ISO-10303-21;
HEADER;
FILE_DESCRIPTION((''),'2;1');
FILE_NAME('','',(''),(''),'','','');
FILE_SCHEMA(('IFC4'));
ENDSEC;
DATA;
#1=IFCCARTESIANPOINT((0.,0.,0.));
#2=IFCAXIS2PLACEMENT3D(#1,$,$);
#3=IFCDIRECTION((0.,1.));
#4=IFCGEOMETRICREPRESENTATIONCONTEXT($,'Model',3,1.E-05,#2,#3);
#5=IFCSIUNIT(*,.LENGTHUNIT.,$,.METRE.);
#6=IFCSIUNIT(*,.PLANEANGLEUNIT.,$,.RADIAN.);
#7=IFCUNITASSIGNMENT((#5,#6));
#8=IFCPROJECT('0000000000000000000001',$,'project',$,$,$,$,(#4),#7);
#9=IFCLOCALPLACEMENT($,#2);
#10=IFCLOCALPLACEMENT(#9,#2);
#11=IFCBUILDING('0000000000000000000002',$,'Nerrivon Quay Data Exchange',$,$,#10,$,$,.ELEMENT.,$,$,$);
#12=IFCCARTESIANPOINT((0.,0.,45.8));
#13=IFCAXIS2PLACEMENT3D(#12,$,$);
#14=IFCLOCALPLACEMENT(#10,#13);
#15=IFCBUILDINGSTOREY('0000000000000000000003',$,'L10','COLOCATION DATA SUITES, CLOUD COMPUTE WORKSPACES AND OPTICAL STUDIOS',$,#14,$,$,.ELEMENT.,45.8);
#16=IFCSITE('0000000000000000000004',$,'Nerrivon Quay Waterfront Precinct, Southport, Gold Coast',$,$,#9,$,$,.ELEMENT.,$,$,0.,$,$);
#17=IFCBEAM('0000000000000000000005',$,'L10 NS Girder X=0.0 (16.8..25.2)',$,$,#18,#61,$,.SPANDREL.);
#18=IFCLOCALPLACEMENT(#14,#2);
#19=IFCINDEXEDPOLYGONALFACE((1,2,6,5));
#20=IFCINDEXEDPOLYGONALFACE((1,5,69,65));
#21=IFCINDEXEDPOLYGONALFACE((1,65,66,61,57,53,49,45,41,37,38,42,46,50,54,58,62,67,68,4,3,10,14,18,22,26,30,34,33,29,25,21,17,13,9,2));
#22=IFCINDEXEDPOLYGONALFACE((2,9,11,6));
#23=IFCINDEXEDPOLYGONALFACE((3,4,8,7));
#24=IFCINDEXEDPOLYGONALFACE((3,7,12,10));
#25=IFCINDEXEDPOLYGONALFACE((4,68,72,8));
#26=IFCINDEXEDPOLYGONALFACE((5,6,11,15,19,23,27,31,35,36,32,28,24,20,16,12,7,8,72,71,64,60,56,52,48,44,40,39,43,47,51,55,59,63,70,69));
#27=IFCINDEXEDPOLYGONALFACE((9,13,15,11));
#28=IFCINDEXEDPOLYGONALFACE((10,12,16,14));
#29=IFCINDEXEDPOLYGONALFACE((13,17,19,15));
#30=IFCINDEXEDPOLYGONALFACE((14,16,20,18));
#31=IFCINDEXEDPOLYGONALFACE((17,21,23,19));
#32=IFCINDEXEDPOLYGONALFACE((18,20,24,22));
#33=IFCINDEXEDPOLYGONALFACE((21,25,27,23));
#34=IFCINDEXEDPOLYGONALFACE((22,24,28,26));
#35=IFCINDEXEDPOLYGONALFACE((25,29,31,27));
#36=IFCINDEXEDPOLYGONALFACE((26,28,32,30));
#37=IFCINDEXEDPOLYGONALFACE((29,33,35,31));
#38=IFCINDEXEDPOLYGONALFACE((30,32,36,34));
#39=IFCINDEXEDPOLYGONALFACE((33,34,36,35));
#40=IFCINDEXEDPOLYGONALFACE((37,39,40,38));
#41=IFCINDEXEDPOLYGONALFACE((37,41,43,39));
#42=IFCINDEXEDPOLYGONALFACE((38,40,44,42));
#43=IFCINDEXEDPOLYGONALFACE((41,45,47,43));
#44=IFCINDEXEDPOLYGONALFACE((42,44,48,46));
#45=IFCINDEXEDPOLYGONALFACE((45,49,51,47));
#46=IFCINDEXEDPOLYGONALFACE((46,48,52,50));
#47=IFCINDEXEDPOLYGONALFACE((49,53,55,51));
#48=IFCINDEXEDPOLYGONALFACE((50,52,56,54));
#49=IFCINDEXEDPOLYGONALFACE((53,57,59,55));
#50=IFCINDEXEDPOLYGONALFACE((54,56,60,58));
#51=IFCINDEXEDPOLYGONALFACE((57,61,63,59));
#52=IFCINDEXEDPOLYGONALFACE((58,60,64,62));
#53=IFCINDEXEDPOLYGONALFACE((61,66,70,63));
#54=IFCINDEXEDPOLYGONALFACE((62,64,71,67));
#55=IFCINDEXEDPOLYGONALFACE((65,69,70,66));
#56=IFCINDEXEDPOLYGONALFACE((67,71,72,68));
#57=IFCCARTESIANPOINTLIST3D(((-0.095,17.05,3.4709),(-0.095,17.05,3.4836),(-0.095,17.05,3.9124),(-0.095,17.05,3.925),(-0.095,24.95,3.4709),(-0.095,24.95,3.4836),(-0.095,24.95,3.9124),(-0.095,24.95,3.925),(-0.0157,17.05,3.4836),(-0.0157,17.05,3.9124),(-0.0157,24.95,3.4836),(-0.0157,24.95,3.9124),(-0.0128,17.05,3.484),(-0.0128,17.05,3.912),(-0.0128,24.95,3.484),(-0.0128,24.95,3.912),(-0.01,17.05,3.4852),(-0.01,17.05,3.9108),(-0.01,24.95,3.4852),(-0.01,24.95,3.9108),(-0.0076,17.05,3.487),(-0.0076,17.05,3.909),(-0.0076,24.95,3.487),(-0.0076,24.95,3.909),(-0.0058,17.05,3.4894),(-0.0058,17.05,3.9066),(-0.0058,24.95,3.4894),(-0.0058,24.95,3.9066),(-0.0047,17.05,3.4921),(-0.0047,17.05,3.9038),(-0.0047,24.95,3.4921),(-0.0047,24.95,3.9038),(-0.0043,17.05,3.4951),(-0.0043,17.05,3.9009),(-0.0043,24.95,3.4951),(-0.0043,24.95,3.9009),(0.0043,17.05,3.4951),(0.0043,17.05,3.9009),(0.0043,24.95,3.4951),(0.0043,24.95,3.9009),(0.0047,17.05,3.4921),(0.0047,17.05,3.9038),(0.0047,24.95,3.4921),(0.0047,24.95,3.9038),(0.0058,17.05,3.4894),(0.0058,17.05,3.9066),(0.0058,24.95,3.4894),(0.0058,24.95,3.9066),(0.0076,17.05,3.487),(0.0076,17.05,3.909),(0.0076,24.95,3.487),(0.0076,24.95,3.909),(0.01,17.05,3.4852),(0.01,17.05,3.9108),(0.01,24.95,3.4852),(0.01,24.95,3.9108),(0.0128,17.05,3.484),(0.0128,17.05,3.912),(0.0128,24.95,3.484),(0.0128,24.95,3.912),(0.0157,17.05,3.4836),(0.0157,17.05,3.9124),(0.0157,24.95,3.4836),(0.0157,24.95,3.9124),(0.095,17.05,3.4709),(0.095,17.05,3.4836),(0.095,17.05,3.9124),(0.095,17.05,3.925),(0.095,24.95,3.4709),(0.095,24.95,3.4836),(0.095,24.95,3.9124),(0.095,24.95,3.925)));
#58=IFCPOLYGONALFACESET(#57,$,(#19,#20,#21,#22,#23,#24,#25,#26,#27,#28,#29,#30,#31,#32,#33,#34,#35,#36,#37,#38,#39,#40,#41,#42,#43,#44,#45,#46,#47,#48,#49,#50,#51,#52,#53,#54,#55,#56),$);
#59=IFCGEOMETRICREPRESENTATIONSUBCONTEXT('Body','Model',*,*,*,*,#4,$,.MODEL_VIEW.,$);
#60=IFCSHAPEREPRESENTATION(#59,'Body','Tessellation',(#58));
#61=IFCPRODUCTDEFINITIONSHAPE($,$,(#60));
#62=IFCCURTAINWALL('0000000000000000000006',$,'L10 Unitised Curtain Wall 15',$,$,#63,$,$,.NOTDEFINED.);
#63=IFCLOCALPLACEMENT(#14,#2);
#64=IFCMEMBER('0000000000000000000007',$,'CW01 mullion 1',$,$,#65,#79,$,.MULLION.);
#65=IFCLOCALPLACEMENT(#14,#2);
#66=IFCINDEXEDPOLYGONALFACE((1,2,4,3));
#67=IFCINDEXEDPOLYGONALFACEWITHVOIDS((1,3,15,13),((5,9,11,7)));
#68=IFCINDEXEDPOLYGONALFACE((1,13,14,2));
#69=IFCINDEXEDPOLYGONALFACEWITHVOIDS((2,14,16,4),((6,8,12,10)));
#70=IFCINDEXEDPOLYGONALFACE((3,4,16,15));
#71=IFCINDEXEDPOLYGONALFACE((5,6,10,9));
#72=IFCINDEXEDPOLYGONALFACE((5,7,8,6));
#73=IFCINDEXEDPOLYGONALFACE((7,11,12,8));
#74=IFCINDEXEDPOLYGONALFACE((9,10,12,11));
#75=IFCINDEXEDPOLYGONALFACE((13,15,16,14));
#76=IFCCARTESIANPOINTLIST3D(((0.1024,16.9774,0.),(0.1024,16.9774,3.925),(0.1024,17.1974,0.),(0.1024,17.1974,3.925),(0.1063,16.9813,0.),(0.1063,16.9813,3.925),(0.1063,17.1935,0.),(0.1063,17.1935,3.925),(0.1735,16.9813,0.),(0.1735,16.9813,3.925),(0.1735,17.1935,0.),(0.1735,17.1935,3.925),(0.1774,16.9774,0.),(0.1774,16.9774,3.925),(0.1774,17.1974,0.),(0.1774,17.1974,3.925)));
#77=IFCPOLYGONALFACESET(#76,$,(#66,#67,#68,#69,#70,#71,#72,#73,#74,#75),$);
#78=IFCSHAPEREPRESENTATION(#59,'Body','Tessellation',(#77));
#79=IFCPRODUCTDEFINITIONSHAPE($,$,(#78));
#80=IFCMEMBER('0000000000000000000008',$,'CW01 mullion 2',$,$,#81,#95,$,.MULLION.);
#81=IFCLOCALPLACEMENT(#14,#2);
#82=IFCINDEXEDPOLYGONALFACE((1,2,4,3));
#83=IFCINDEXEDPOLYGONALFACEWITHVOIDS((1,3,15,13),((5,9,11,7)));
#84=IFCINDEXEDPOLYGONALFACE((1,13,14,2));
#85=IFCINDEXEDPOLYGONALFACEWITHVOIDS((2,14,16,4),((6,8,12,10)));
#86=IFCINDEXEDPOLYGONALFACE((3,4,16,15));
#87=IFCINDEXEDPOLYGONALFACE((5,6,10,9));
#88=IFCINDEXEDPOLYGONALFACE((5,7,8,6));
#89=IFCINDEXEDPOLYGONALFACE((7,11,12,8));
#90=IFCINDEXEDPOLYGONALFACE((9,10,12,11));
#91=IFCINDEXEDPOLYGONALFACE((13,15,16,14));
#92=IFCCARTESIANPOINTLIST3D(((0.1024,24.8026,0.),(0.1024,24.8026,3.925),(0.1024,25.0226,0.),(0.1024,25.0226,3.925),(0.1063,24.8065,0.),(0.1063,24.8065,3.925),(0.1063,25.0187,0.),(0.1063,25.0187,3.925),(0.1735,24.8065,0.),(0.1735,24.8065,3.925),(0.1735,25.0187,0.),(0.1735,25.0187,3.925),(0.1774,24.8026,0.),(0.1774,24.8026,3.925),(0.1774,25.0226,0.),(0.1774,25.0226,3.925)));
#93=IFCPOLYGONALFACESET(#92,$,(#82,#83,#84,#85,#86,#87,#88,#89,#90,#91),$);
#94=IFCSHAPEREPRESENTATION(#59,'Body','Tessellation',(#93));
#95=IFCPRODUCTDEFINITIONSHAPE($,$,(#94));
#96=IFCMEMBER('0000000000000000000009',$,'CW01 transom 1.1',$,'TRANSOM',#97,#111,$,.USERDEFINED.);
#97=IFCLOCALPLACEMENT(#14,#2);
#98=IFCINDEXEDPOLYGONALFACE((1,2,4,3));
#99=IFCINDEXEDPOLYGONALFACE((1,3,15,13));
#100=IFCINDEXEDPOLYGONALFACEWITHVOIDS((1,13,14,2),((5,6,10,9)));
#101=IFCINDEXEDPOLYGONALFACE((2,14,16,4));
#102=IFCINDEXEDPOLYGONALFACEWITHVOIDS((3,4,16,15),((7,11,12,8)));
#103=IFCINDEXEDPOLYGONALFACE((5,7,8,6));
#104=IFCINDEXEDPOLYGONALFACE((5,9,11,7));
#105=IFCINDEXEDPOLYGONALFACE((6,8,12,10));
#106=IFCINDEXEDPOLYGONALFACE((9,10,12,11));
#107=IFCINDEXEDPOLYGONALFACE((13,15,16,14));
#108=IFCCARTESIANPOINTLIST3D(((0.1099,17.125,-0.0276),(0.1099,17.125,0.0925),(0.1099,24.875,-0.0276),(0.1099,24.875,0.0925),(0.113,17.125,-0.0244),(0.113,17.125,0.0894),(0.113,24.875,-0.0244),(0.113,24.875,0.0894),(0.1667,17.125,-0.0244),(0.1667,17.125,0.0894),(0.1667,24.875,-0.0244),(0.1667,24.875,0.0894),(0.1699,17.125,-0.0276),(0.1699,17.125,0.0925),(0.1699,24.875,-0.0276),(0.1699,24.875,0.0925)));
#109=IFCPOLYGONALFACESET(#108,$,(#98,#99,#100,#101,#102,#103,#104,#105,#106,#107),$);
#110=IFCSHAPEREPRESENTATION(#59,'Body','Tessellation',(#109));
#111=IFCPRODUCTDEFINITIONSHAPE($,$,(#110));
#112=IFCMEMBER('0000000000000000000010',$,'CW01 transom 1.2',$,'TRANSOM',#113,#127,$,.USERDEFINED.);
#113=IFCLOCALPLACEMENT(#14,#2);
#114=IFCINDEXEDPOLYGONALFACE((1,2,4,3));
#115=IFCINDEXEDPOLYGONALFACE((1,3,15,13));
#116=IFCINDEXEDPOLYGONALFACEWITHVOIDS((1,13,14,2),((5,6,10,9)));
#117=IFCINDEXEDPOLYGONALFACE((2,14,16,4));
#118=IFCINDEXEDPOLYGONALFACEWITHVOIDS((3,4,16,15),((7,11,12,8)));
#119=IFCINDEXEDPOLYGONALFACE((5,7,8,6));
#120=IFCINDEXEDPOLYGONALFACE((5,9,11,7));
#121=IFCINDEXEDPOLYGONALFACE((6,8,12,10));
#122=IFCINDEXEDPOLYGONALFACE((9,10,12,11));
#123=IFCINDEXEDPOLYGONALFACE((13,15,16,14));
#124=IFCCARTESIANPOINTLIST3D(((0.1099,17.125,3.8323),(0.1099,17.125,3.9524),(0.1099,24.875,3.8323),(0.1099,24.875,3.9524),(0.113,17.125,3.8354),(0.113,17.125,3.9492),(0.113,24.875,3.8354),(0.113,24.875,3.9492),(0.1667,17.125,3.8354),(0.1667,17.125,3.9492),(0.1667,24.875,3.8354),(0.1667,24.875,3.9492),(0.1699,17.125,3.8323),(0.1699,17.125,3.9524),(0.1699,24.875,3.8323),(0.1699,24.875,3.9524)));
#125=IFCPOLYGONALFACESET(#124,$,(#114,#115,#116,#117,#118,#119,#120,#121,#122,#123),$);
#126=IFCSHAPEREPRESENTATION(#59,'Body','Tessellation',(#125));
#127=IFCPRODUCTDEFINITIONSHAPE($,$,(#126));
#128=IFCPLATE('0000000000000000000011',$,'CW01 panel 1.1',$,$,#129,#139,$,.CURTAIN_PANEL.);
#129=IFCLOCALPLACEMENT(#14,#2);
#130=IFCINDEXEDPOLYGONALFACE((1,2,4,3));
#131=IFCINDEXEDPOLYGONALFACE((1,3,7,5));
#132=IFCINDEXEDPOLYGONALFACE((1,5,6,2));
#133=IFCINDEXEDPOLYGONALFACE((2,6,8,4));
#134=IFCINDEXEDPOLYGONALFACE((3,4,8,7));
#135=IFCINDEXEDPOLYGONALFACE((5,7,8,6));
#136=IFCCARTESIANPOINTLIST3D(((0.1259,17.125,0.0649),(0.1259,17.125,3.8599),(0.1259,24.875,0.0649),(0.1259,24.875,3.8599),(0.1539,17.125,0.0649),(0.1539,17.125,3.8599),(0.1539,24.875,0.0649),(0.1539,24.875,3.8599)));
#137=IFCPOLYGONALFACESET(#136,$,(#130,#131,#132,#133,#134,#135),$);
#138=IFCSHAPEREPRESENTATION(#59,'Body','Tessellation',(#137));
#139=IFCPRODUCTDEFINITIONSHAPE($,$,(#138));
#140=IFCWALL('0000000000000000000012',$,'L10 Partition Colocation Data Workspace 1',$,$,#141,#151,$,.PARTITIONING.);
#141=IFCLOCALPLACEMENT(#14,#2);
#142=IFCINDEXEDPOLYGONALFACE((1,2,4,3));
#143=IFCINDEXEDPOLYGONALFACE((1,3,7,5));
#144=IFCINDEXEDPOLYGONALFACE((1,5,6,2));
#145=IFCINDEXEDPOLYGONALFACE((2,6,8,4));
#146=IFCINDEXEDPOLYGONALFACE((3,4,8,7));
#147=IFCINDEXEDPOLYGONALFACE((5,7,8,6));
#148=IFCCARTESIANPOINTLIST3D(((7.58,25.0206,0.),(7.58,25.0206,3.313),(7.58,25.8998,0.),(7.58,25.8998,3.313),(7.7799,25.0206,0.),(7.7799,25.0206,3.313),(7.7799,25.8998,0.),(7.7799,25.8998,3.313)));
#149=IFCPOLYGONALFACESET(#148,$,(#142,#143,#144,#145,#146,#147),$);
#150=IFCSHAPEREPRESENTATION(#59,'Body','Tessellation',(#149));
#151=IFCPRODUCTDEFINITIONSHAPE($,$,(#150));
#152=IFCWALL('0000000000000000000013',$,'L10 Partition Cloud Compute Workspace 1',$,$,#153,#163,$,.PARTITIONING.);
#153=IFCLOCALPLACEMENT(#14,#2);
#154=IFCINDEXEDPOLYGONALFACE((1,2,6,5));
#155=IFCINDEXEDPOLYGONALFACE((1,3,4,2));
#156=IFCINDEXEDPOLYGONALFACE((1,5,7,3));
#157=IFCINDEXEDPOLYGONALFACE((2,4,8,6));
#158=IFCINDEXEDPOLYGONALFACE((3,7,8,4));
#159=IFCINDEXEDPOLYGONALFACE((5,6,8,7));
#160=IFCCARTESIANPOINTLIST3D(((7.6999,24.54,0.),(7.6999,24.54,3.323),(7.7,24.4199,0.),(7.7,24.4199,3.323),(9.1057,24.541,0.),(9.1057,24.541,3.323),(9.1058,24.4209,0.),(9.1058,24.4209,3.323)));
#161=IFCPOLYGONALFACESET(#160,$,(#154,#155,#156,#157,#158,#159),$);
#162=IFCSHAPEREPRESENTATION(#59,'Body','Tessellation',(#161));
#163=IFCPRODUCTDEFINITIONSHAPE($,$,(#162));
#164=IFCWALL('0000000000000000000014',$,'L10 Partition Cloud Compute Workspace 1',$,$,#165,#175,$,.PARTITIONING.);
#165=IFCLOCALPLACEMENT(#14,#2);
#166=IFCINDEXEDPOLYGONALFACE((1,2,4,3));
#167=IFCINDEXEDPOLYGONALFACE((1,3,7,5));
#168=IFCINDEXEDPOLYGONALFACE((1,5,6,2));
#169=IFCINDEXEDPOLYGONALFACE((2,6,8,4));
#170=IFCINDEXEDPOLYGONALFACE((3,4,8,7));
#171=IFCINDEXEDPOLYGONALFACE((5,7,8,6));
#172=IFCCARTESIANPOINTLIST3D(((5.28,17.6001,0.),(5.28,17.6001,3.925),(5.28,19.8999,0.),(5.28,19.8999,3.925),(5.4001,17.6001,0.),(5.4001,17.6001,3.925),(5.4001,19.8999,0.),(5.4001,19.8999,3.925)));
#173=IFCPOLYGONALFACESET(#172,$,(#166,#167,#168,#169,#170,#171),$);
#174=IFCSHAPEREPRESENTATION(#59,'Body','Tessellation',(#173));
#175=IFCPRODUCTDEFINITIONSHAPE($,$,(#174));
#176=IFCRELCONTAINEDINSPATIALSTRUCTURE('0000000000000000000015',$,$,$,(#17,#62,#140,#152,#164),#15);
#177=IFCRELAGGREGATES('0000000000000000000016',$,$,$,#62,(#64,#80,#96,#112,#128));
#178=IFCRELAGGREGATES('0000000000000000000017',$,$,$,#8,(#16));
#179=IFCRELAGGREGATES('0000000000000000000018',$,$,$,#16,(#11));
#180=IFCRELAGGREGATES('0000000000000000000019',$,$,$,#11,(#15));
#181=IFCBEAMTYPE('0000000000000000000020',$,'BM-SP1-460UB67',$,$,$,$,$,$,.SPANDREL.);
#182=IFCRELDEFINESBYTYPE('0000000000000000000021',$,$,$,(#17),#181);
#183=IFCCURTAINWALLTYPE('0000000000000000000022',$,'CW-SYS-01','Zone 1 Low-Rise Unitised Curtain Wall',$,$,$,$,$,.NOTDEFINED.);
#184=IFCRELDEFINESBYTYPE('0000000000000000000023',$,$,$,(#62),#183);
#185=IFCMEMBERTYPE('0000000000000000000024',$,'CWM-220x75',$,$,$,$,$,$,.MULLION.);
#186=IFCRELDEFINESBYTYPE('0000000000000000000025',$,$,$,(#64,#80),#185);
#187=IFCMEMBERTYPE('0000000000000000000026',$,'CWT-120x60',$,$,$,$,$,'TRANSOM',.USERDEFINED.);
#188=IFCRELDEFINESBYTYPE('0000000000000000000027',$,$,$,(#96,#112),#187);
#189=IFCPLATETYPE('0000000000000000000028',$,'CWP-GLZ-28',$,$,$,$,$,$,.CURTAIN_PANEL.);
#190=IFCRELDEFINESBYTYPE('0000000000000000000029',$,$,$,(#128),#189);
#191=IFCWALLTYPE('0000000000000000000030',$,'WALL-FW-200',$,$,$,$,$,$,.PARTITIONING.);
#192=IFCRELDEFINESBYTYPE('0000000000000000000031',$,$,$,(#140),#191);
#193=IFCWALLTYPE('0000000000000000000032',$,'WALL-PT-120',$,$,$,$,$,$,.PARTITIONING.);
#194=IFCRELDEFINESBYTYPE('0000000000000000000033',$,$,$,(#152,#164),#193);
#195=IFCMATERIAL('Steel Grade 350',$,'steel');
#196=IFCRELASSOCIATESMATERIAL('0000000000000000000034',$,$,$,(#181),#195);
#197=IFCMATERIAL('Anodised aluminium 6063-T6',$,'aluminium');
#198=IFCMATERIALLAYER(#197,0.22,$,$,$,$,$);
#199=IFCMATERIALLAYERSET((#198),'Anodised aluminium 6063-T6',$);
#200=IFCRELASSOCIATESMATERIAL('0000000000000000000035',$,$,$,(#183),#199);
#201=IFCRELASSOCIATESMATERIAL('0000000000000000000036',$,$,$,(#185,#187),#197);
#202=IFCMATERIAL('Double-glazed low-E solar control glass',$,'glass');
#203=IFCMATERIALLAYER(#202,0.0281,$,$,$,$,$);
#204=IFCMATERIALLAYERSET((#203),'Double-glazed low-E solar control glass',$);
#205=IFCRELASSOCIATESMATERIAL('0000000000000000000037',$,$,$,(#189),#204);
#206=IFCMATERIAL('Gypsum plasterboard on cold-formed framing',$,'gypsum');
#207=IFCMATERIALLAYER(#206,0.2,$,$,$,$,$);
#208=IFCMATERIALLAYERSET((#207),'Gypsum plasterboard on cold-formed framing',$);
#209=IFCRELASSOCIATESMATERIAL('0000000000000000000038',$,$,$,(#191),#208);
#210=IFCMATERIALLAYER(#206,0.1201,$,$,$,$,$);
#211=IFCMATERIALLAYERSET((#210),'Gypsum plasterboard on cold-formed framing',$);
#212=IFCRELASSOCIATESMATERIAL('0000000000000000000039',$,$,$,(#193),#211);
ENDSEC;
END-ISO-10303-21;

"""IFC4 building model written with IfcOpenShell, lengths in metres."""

from ifc_helpers import new_model, si_unit, direction, frame, frame_2d, origin, origin_2d, place, context, subcontext, project, spatial, rectangle, hollow_rectangle, i_section, extrude, material, layer, layer_set, material_profile, profile_set, type_object, element, aggregate, save


model = new_model("IFC4")

# Units and contexts
model_context = context("Model", 3, precision=1e-05, world=origin(), true_north=direction((0.0, 1.0)))
body_context = subcontext(model_context, "Body", "Model", "MODEL_VIEW")
ifc_project = project(units=[si_unit("LENGTHUNIT", "METRE"), si_unit("PLANEANGLEUNIT", "RADIAN")], contexts=[model_context])

# Site, building, storey
site_placement = place(None, origin())
site = spatial("IfcSite", under=ifc_project, at=site_placement, Name="Nerrivon Quay Waterfront Precinct, Southport, Gold Coast", CompositionType="ELEMENT", RefElevation=0.0)
building_placement = place(site_placement, origin())
building = spatial("IfcBuilding", under=site, at=building_placement, Name="Nerrivon Quay Data Exchange", CompositionType="ELEMENT")
storey_placement = place(building_placement, frame((0.0, 0.0, 45.8)))
storey = spatial("IfcBuildingStorey", under=building, at=storey_placement, Name="L10", Description="COLOCATION DATA SUITES, CLOUD COMPUTE WORKSPACES AND OPTICAL STUDIOS", CompositionType="ELEMENT", Elevation=45.8)

# Shared definitions
ifc_material_1 = material(Name="Steel Grade 350", Category="steel")

# Beam
ifc_material_profile_1 = material_profile(ifc_material_1, i_section(OverallWidth=0.1899, OverallDepth=0.4541, WebThickness=0.0085, FlangeThickness=0.0127, FilletRadius=0.0115, at=origin_2d()), Name="460UB67.1")
ifc_profile_set_1 = profile_set([ifc_material_profile_1], Name="Steel Grade 350")
beam_type_1 = type_object("IfcBeamType", Name="BM-SP1-460UB67", PredefinedType="SPANDREL", material=ifc_profile_set_1)
beam_1_placement = place(storey_placement, frame((0.0, 17.05, 3.698), z_axis=(0.0, 1.0, 0.0), x_axis=(-1.0, 0.0, 0.0)))
element("IfcBeam", 1, at=beam_1_placement, inside=storey, type_object=beam_type_1, Name="L10 NS Girder X=0.0 (16.8..25.2)", PredefinedType="SPANDREL", context=body_context, shape_type="SweptSolid", body=[
    extrude(i_section(OverallWidth=0.1899, OverallDepth=0.4541, WebThickness=0.0085, FlangeThickness=0.0127, FilletRadius=0.0115, at=origin_2d()), origin(), (0.0, 0.0, 1.0), 7.8999),
])

# Curtain wall, members, plate
ifc_material_2 = material(Name="Anodised aluminium 6063-T6", Category="aluminium")
ifc_layer_1 = layer(ifc_material_2, 0.22)
ifc_layer_set_1 = layer_set([ifc_layer_1], Name="Anodised aluminium 6063-T6")
curtain_wall_type = type_object("IfcCurtainWallType", Name="CW-SYS-01", Description="Zone 1 Low-Rise Unitised Curtain Wall", PredefinedType="NOTDEFINED", material=ifc_layer_set_1)
curtain_wall_placement = place(storey_placement, origin())
curtain_wall = element("IfcCurtainWall", 2, at=curtain_wall_placement, inside=storey, type_object=curtain_wall_type, Name="L10 Unitised Curtain Wall 15", PredefinedType="NOTDEFINED")
ifc_material_profile_2 = material_profile(ifc_material_2, hollow_rectangle(XDim=0.075, YDim=0.22, WallThickness=0.0039, at=origin_2d()), Name="ALU-MULL-220x75")
ifc_profile_set_2 = profile_set([ifc_material_profile_2], Name="Anodised aluminium 6063-T6")
member_type_1 = type_object("IfcMemberType", Name="CWM-220x75", PredefinedType="MULLION", material=ifc_profile_set_2)
member_1_placement = place(storey_placement, frame((0.1399, 17.0874, 0.0), z_axis=(0.0, 0.0, 1.0), x_axis=(-1.0, 0.0, 0.0)))
member_1 = element("IfcMember", 3, at=member_1_placement, type_object=member_type_1, Name="CW01 mullion 1", PredefinedType="MULLION", context=body_context, shape_type="SweptSolid", body=[
    extrude(hollow_rectangle(XDim=0.075, YDim=0.22, WallThickness=0.0039, at=origin_2d()), origin(), (0.0, 0.0, 1.0), 3.925),
])
member_2_placement = place(storey_placement, frame((0.1399, 24.9126, 0.0), z_axis=(0.0, 0.0, 1.0), x_axis=(-1.0, 0.0, 0.0)))
member_2 = element("IfcMember", 4, at=member_2_placement, type_object=member_type_1, Name="CW01 mullion 2", PredefinedType="MULLION", context=body_context, shape_type="SweptSolid", body=[
    extrude(hollow_rectangle(XDim=0.075, YDim=0.22, WallThickness=0.0039, at=origin_2d()), origin(), (0.0, 0.0, 1.0), 3.925),
])
ifc_material_profile_3 = material_profile(ifc_material_2, hollow_rectangle(XDim=0.0601, YDim=0.1201, WallThickness=0.0032, at=origin_2d()), Name="ALU-TRAN-120x60")
ifc_profile_set_3 = profile_set([ifc_material_profile_3], Name="Anodised aluminium 6063-T6")
member_type_2 = type_object("IfcMemberType", Name="CWT-120x60", ElementType="TRANSOM", PredefinedType="USERDEFINED", material=ifc_profile_set_3)
member_3_placement = place(storey_placement, frame((0.1399, 17.125, 0.0325), z_axis=(0.0, 1.0, 0.0), x_axis=(-1.0, 0.0, 0.0)))
member_3 = element("IfcMember", 5, at=member_3_placement, type_object=member_type_2, Name="CW01 transom 1.1", ObjectType="TRANSOM", PredefinedType="USERDEFINED", context=body_context, shape_type="SweptSolid", body=[
    extrude(hollow_rectangle(XDim=0.0601, YDim=0.1201, WallThickness=0.0032, at=origin_2d()), origin(), (0.0, 0.0, 1.0), 7.75),
])
member_4_placement = place(storey_placement, frame((0.1399, 17.125, 3.8923), z_axis=(0.0, 1.0, 0.0), x_axis=(-1.0, 0.0, 0.0)))
member_4 = element("IfcMember", 6, at=member_4_placement, type_object=member_type_2, Name="CW01 transom 1.2", ObjectType="TRANSOM", PredefinedType="USERDEFINED", context=body_context, shape_type="SweptSolid", body=[
    extrude(hollow_rectangle(XDim=0.0601, YDim=0.1201, WallThickness=0.0032, at=origin_2d()), origin(), (0.0, 0.0, 1.0), 7.75),
])
ifc_material_3 = material(Name="Double-glazed low-E solar control glass", Category="glass")
ifc_layer_2 = layer(ifc_material_3, 0.0281)
ifc_layer_set_2 = layer_set([ifc_layer_2], Name="Double-glazed low-E solar control glass")
plate_type = type_object("IfcPlateType", Name="CWP-GLZ-28", PredefinedType="CURTAIN_PANEL", material=ifc_layer_set_2)
plate_placement = place(storey_placement, frame((0.1399, 21.0, 0.0649), z_axis=(0.0, 0.0, 1.0), x_axis=(0.0, 1.0, 0.0)))
plate = element("IfcPlate", 7, at=plate_placement, type_object=plate_type, Name="CW01 panel 1.1", PredefinedType="CURTAIN_PANEL", context=body_context, shape_type="SweptSolid", body=[
    extrude(rectangle(XDim=7.75, YDim=0.0281, at=origin_2d()), origin(), (0.0, 0.0, 1.0), 3.7949),
])
aggregate(curtain_wall, [member_1, member_2, member_3, member_4, plate])

# Walls
ifc_material_4 = material(Name="Gypsum plasterboard on cold-formed framing", Category="gypsum")
ifc_layer_3 = layer(ifc_material_4, 0.2)
ifc_layer_set_3 = layer_set([ifc_layer_3], Name="Gypsum plasterboard on cold-formed framing")
wall_type_1 = type_object("IfcWallType", Name="WALL-FW-200", PredefinedType="PARTITIONING", material=ifc_layer_set_3)
wall_1_placement = place(storey_placement, frame((7.6799, 25.0208, 0.0), z_axis=(0.0, 0.0, 1.0), x_axis=(0.0, 1.0, 0.0)))
element("IfcWall", 8, at=wall_1_placement, inside=storey, type_object=wall_type_1, Name="L10 Partition Colocation Data Workspace 1", PredefinedType="PARTITIONING", context=body_context, shape_type="SweptSolid", body=[
    extrude(rectangle(XDim=0.8792, YDim=0.2, at=frame_2d((0.4395, 0.0))), origin(), (0.0, 0.0, 1.0), 3.313),
])
ifc_layer_4 = layer(ifc_material_4, 0.1201)
ifc_layer_set_4 = layer_set([ifc_layer_4], Name="Gypsum plasterboard on cold-formed framing")
wall_type_2 = type_object("IfcWallType", Name="WALL-PT-120", PredefinedType="PARTITIONING", material=ifc_layer_set_4)
wall_2_placement = place(storey_placement, frame((9.1057, 24.481, 0.0), z_axis=(0.0, 0.0, 1.0), x_axis=(-1.0, -0.000695, 0.0)))
element("IfcWall", 9, at=wall_2_placement, inside=storey, type_object=wall_type_2, Name="L10 Partition Cloud Compute Workspace 1", PredefinedType="PARTITIONING", context=body_context, shape_type="SweptSolid", body=[
    extrude(rectangle(XDim=1.4058, YDim=0.1201, at=frame_2d((0.7029, 0.0))), origin(), (0.0, 0.0, 1.0), 3.323),
])
wall_3_placement = place(storey_placement, frame((5.3401, 17.6001, 0.0), z_axis=(0.0, 0.0, 1.0), x_axis=(0.0, 1.0, 0.0)))
element("IfcWall", 10, at=wall_3_placement, inside=storey, type_object=wall_type_2, Name="L10 Partition Cloud Compute Workspace 1", PredefinedType="PARTITIONING", context=body_context, shape_type="SweptSolid", body=[
    extrude(rectangle(XDim=2.2998, YDim=0.1201, at=frame_2d((1.1499, 0.0))), origin(), (0.0, 0.0, 1.0), 3.925),
])

save(model, "model.ifc")
